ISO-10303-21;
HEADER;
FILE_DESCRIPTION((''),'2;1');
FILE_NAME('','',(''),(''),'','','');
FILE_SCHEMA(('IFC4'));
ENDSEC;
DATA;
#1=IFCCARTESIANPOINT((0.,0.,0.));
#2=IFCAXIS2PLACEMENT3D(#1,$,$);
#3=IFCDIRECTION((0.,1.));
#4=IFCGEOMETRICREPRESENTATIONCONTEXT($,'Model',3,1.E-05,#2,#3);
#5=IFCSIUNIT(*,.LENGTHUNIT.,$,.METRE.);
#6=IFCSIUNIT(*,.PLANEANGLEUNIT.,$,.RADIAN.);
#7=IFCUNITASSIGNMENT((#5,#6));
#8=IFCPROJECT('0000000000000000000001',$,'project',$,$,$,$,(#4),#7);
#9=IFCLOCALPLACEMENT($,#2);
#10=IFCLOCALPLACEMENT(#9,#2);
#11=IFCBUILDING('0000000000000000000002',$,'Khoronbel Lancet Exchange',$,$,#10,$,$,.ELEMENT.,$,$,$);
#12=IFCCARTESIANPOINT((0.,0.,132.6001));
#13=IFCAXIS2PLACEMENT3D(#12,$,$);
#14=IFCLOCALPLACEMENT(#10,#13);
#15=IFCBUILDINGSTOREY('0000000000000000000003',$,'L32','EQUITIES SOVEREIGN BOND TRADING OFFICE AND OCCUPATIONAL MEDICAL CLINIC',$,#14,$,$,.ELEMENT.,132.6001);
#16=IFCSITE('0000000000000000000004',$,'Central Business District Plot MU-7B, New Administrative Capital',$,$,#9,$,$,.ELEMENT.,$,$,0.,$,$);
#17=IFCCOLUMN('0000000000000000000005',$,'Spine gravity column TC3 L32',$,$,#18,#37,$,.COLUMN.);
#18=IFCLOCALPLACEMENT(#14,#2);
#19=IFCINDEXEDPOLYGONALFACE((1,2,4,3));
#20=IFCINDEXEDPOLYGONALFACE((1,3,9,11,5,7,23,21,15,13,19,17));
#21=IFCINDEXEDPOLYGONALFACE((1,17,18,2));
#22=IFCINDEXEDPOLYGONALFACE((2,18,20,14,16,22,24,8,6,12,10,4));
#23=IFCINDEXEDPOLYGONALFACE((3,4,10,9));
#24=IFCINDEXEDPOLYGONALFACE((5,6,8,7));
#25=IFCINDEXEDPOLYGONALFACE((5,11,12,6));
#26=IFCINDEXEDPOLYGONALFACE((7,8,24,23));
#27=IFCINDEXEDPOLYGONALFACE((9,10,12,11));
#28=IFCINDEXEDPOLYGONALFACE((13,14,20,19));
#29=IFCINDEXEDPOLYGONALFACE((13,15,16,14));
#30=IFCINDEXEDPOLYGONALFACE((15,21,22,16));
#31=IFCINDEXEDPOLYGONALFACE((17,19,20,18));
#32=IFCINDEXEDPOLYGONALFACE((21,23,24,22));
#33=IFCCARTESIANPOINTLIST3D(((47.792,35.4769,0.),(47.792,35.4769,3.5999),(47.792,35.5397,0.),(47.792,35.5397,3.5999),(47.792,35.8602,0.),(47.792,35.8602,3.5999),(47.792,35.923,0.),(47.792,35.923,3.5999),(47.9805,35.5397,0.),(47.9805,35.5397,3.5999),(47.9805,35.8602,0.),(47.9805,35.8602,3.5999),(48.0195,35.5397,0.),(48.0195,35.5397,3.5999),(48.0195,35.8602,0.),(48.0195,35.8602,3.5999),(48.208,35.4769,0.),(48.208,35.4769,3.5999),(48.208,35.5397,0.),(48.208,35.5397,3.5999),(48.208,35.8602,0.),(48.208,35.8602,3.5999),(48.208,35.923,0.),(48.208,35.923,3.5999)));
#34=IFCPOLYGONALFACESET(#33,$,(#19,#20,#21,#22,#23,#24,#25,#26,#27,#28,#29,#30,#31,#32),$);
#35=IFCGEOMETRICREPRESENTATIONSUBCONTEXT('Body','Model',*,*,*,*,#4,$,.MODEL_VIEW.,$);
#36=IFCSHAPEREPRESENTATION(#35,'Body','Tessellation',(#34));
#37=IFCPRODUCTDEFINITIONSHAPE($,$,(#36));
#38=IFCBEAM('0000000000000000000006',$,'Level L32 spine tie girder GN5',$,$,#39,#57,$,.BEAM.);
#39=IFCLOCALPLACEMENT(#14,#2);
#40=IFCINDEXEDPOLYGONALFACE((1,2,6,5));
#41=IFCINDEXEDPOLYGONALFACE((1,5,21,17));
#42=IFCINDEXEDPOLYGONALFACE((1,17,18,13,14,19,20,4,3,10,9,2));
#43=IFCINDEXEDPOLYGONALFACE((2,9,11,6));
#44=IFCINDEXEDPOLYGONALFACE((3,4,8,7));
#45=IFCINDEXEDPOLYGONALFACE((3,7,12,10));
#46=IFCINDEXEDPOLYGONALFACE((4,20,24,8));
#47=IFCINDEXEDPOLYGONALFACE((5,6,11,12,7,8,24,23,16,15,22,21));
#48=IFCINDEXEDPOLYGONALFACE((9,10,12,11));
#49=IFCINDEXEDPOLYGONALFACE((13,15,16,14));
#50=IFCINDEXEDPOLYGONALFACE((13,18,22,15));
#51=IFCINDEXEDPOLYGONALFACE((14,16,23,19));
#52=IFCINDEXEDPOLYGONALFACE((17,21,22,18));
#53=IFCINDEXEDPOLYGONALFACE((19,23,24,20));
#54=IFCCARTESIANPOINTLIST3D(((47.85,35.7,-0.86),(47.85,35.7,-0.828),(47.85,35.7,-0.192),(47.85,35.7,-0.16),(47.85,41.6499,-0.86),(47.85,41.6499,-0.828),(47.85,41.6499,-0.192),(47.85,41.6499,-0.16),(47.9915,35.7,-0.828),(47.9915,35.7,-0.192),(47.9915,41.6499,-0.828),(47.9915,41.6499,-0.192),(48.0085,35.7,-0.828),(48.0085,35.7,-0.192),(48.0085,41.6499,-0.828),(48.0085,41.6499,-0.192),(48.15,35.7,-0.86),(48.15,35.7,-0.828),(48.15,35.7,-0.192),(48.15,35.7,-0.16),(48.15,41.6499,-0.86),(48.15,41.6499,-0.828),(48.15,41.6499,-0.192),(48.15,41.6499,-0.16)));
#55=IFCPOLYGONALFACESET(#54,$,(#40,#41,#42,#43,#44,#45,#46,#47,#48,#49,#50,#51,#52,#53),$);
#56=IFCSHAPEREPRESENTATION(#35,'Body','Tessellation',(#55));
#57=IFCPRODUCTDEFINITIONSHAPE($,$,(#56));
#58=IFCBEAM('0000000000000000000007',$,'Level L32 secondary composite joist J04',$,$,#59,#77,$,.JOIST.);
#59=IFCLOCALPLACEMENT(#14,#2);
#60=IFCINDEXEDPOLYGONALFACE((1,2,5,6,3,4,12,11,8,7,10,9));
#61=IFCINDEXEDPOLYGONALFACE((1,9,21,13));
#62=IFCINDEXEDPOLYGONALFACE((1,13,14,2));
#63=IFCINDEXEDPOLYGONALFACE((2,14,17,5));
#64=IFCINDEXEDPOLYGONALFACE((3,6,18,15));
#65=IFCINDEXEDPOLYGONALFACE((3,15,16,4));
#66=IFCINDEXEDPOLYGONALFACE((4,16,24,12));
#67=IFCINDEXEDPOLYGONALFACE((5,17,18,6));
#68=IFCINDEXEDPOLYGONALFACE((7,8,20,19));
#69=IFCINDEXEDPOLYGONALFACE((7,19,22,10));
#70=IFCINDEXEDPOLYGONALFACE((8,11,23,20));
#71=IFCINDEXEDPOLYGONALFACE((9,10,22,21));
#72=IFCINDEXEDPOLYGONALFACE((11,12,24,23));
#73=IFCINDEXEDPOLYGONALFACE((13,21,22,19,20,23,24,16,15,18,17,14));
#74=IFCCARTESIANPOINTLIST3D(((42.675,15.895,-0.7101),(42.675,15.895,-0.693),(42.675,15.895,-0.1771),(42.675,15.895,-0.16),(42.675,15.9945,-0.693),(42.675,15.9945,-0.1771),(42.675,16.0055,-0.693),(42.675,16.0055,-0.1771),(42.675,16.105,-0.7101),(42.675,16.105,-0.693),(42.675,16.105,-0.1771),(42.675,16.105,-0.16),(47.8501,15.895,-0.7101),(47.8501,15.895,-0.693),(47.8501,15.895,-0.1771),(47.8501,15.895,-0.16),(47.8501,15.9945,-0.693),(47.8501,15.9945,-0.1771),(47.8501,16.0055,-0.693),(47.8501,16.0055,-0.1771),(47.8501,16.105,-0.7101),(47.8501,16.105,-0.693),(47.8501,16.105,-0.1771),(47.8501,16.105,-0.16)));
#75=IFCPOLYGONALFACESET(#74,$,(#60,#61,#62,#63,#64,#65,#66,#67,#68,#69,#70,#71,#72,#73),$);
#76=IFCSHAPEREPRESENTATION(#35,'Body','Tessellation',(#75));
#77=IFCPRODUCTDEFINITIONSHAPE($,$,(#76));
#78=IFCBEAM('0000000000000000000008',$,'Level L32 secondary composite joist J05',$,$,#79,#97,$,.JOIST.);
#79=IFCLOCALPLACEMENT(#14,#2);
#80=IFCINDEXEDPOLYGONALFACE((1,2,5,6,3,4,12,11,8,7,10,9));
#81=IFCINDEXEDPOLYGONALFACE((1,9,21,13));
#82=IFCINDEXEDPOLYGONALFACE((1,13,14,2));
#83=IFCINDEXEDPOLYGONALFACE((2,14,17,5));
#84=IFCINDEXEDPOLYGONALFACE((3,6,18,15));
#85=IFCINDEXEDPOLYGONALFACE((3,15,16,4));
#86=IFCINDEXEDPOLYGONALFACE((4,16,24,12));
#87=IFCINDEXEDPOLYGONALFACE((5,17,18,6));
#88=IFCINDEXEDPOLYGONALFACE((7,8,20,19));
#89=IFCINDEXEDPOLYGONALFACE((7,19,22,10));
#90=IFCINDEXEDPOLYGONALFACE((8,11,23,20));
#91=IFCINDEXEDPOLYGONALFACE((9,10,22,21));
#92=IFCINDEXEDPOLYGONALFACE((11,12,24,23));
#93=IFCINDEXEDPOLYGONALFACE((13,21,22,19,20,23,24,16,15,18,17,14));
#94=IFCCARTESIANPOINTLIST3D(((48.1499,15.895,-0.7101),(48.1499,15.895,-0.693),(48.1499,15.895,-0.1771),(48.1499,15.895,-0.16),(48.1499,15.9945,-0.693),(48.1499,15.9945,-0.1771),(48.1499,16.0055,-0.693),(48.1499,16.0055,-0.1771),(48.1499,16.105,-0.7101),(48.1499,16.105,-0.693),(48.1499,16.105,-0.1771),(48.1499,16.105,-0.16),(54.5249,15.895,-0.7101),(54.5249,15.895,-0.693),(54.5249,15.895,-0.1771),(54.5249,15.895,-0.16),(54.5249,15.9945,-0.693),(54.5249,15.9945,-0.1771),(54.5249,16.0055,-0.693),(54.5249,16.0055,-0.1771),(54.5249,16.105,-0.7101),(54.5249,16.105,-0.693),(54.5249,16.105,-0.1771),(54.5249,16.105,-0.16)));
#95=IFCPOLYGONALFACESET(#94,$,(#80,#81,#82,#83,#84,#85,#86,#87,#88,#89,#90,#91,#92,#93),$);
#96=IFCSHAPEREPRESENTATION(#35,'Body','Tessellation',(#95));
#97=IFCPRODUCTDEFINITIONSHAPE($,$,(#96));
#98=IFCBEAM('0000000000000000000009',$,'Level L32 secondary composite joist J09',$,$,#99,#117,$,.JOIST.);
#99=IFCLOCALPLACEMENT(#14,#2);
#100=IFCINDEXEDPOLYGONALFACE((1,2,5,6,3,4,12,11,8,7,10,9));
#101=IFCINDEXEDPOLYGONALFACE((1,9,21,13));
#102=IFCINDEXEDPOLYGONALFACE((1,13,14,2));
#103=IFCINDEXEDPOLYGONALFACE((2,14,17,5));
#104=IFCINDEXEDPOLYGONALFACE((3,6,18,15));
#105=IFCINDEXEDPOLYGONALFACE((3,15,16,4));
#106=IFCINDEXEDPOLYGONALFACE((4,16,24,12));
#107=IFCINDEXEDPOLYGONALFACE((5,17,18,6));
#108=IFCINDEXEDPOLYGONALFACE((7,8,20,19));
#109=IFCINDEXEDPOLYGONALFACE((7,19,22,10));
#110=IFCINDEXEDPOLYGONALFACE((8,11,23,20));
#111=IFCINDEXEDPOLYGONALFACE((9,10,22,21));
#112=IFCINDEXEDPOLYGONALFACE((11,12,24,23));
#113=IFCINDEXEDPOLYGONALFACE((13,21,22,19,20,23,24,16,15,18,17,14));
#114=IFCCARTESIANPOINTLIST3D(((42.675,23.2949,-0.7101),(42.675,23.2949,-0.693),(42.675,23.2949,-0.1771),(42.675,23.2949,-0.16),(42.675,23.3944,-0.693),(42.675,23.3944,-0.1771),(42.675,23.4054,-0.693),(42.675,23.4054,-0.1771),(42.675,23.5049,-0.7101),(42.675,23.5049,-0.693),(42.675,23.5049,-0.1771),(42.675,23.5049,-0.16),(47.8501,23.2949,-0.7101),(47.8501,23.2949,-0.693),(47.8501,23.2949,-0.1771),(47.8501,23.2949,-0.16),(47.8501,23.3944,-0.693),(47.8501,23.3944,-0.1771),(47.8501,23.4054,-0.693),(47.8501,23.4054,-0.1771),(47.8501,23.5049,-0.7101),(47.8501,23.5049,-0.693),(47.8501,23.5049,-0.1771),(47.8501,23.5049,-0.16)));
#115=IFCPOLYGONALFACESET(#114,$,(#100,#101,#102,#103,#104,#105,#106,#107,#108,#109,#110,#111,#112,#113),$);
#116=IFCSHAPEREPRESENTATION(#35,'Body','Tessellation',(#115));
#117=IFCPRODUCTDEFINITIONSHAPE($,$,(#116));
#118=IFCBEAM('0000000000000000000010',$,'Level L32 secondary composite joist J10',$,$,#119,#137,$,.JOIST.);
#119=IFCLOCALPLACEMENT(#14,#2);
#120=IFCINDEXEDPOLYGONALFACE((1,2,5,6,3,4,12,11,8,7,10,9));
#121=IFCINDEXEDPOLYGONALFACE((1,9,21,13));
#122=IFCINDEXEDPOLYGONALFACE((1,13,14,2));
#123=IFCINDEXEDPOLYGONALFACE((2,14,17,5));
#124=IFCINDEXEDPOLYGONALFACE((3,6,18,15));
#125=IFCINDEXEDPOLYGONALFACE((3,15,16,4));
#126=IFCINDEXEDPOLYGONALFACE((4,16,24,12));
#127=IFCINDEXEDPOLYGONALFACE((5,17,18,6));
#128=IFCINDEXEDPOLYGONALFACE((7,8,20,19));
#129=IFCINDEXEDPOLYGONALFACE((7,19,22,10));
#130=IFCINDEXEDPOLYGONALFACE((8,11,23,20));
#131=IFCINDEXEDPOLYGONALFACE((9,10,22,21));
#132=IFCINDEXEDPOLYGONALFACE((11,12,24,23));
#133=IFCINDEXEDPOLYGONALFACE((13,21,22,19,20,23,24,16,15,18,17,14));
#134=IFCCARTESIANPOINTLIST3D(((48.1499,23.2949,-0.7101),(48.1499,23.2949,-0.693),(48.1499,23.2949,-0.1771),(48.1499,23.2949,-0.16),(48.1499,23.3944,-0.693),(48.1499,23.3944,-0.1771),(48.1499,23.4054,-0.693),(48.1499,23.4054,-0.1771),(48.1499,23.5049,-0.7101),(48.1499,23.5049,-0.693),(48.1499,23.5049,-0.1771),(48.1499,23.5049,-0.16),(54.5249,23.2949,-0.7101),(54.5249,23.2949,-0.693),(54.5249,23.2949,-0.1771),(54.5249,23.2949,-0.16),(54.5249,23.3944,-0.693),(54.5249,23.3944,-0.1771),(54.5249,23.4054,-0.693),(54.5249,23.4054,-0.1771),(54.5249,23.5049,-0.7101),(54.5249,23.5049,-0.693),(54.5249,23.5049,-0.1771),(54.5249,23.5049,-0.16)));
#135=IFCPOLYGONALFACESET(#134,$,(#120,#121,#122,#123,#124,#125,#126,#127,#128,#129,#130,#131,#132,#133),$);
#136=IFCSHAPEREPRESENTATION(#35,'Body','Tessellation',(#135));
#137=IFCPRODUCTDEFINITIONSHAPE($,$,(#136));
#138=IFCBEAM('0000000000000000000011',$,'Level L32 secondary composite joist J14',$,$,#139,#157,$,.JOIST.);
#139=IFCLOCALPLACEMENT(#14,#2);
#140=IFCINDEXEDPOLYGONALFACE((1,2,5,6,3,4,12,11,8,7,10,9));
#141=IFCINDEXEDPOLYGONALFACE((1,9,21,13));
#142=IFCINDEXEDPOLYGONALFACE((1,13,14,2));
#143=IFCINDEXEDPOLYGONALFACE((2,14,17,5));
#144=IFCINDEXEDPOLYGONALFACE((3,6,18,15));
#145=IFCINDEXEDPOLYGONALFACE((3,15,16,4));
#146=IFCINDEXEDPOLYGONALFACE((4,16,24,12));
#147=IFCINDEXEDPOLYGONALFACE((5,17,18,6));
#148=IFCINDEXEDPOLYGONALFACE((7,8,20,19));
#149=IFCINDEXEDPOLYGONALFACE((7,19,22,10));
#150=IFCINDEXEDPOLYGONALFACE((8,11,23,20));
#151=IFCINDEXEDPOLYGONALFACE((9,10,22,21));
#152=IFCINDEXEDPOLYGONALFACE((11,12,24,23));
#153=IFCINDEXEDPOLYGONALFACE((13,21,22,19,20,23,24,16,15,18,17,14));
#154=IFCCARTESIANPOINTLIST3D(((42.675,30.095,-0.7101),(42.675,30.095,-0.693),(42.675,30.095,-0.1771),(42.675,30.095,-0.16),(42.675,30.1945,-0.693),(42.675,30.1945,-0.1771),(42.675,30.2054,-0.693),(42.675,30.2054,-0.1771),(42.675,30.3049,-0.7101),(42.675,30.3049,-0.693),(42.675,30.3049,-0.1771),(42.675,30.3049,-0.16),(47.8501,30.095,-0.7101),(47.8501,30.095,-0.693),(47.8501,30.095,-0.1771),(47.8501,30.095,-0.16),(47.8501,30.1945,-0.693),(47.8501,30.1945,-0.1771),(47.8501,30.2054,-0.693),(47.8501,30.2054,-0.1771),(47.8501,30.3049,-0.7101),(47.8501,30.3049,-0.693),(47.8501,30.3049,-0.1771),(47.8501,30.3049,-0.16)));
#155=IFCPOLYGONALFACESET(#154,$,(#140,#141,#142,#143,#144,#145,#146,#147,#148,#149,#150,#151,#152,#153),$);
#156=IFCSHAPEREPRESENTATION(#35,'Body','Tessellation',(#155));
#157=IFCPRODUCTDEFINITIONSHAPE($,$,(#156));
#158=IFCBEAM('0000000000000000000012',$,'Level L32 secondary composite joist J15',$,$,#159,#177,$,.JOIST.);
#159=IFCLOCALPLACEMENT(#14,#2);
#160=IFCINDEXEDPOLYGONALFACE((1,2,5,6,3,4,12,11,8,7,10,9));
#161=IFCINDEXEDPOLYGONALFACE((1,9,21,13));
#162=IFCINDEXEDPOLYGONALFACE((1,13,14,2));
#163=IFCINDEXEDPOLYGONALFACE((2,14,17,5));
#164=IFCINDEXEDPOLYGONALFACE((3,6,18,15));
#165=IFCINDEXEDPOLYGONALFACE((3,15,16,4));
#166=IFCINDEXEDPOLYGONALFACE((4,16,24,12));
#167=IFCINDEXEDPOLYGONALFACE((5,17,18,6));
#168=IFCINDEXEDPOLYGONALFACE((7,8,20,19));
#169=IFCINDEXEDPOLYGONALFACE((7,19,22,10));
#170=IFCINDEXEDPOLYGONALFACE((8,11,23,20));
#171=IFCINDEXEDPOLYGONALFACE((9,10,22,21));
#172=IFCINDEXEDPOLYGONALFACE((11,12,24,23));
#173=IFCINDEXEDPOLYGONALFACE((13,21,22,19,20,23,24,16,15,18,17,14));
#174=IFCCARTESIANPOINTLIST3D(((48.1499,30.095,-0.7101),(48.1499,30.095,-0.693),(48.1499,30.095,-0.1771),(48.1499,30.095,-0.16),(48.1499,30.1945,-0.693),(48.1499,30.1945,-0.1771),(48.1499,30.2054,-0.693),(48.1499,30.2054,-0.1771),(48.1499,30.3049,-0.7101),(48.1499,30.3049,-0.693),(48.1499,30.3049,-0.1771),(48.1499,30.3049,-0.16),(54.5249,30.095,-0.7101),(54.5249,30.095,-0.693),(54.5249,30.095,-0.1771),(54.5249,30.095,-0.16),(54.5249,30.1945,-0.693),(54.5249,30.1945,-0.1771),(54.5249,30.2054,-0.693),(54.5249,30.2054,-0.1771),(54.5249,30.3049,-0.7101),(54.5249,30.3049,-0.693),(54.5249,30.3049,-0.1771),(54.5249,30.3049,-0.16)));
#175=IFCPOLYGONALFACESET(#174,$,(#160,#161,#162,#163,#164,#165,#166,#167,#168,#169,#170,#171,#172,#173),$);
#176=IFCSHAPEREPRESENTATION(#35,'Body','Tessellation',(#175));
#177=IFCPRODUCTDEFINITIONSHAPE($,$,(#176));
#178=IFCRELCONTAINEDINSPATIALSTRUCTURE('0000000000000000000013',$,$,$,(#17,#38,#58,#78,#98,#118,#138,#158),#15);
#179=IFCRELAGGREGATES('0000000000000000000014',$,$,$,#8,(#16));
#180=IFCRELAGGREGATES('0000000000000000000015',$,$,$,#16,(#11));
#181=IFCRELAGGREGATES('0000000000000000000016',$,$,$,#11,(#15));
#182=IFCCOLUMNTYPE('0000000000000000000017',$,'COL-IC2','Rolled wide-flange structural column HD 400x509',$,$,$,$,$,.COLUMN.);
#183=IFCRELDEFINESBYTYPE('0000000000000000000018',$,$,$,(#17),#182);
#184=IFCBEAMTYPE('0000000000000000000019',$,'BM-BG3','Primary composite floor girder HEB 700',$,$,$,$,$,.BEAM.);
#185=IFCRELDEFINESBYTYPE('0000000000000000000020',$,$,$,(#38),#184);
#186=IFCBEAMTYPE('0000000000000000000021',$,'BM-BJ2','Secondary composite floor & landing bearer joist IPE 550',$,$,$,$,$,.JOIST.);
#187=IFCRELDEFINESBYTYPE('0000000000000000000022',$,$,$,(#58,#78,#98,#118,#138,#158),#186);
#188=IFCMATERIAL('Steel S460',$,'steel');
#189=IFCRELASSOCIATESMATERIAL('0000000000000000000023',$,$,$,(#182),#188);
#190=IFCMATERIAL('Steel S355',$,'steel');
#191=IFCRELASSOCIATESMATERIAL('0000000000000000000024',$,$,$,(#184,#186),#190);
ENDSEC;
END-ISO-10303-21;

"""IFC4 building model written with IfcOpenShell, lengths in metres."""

from ifc_helpers import new_model, si_unit, direction, frame, origin, origin_2d, place, context, subcontext, project, spatial, i_section, extrude, material, material_profile, profile_set, type_object, element, save


model = new_model("IFC4")

# Units and contexts
model_context = context("Model", 3, precision=1e-05, world=origin(), true_north=direction((0.0, 1.0)))
body_context = subcontext(model_context, "Body", "Model", "MODEL_VIEW")
ifc_project = project(units=[si_unit("LENGTHUNIT", "METRE"), si_unit("PLANEANGLEUNIT", "RADIAN")], contexts=[model_context])

# Site, building, storey
site_placement = place(None, origin())
site = spatial("IfcSite", under=ifc_project, at=site_placement, Name="Central Business District Plot MU-7B, New Administrative Capital", CompositionType="ELEMENT", RefElevation=0.0)
building_placement = place(site_placement, origin())
building = spatial("IfcBuilding", under=site, at=building_placement, Name="Khoronbel Lancet Exchange", CompositionType="ELEMENT")
storey_placement = place(building_placement, frame((0.0, 0.0, 132.6001)))
storey = spatial("IfcBuildingStorey", under=building, at=storey_placement, Name="L32", Description="EQUITIES SOVEREIGN BOND TRADING OFFICE AND OCCUPATIONAL MEDICAL CLINIC", CompositionType="ELEMENT", Elevation=132.6001)

# Column
ifc_material_1 = material(Name="Steel S460", Category="steel")
ifc_material_profile_1 = material_profile(ifc_material_1, i_section(OverallWidth=0.416, OverallDepth=0.446, WebThickness=0.0391, FlangeThickness=0.0627, at=origin_2d()), Name="HD 400x509")
ifc_profile_set_1 = profile_set([ifc_material_profile_1], Name="Steel S460")
column_type = type_object("IfcColumnType", Name="COL-IC2", Description="Rolled wide-flange structural column HD 400x509", PredefinedType="COLUMN", material=ifc_profile_set_1)
column_placement = place(storey_placement, frame((48.0, 35.7, 0.0), z_axis=(0.0, 0.0, 1.0), x_axis=(1.0, 0.0, 0.0)))
element("IfcColumn", 1, at=column_placement, inside=storey, type_object=column_type, Name="Spine gravity column TC3 L32", PredefinedType="COLUMN", context=body_context, shape_type="SweptSolid", body=[
    extrude(i_section(OverallWidth=0.416, OverallDepth=0.446, WebThickness=0.0391, FlangeThickness=0.0627, at=origin_2d()), origin(), (0.0, 0.0, 1.0), 3.5999),
])

# Beams
ifc_material_2 = material(Name="Steel S355", Category="steel")
ifc_material_profile_2 = material_profile(ifc_material_2, i_section(OverallWidth=0.3, OverallDepth=0.7, WebThickness=0.0171, FlangeThickness=0.032, at=origin_2d()), Name="HEB 700")
ifc_profile_set_2 = profile_set([ifc_material_profile_2], Name="Steel S355")
beam_type_1 = type_object("IfcBeamType", Name="BM-BG3", Description="Primary composite floor girder HEB 700", PredefinedType="BEAM", material=ifc_profile_set_2)
beam_1_placement = place(storey_placement, frame((48.0, 35.7, -0.51), z_axis=(0.0, 1.0, 0.0), x_axis=(-1.0, 0.0, 0.0)))
element("IfcBeam", 2, at=beam_1_placement, inside=storey, type_object=beam_type_1, Name="Level L32 spine tie girder GN5", PredefinedType="BEAM", context=body_context, shape_type="SweptSolid", body=[
    extrude(i_section(OverallWidth=0.3, OverallDepth=0.7, WebThickness=0.0171, FlangeThickness=0.032, at=origin_2d()), origin(), (0.0, 0.0, 1.0), 5.95),
])
ifc_material_profile_3 = material_profile(ifc_material_2, i_section(OverallWidth=0.21, OverallDepth=0.55, WebThickness=0.011, FlangeThickness=0.0171, at=origin_2d()), Name="IPE 550")
ifc_profile_set_3 = profile_set([ifc_material_profile_3], Name="Steel S355")
beam_type_2 = type_object("IfcBeamType", Name="BM-BJ2", Description="Secondary composite floor & landing bearer joist IPE 550", PredefinedType="JOIST", material=ifc_profile_set_3)
beam_2_placement = place(storey_placement, frame((42.675, 16.0, -0.4351), z_axis=(1.0, 0.0, 0.0), x_axis=(0.0, 1.0, 0.0)))
element("IfcBeam", 3, at=beam_2_placement, inside=storey, type_object=beam_type_2, Name="Level L32 secondary composite joist J04", PredefinedType="JOIST", context=body_context, shape_type="SweptSolid", body=[
    extrude(i_section(OverallWidth=0.21, OverallDepth=0.55, WebThickness=0.011, FlangeThickness=0.0171, at=origin_2d()), origin(), (0.0, 0.0, 1.0), 5.175),
])
beam_3_placement = place(storey_placement, frame((48.1499, 16.0, -0.4351), z_axis=(1.0, 0.0, 0.0), x_axis=(0.0, 1.0, 0.0)))
element("IfcBeam", 4, at=beam_3_placement, inside=storey, type_object=beam_type_2, Name="Level L32 secondary composite joist J05", PredefinedType="JOIST", context=body_context, shape_type="SweptSolid", body=[
    extrude(i_section(OverallWidth=0.21, OverallDepth=0.55, WebThickness=0.011, FlangeThickness=0.0171, at=origin_2d()), origin(), (0.0, 0.0, 1.0), 6.375),
])
beam_4_placement = place(storey_placement, frame((42.675, 23.3999, -0.4351), z_axis=(1.0, 0.0, 0.0), x_axis=(0.0, 1.0, 0.0)))
element("IfcBeam", 5, at=beam_4_placement, inside=storey, type_object=beam_type_2, Name="Level L32 secondary composite joist J09", PredefinedType="JOIST", context=body_context, shape_type="SweptSolid", body=[
    extrude(i_section(OverallWidth=0.21, OverallDepth=0.55, WebThickness=0.011, FlangeThickness=0.0171, at=origin_2d()), origin(), (0.0, 0.0, 1.0), 5.175),
])
beam_5_placement = place(storey_placement, frame((48.1499, 23.3999, -0.4351), z_axis=(1.0, 0.0, 0.0), x_axis=(0.0, 1.0, 0.0)))
element("IfcBeam", 6, at=beam_5_placement, inside=storey, type_object=beam_type_2, Name="Level L32 secondary composite joist J10", PredefinedType="JOIST", context=body_context, shape_type="SweptSolid", body=[
    extrude(i_section(OverallWidth=0.21, OverallDepth=0.55, WebThickness=0.011, FlangeThickness=0.0171, at=origin_2d()), origin(), (0.0, 0.0, 1.0), 6.375),
])
beam_6_placement = place(storey_placement, frame((42.675, 30.2, -0.4351), z_axis=(1.0, 0.0, 0.0), x_axis=(0.0, 1.0, 0.0)))
element("IfcBeam", 7, at=beam_6_placement, inside=storey, type_object=beam_type_2, Name="Level L32 secondary composite joist J14", PredefinedType="JOIST", context=body_context, shape_type="SweptSolid", body=[
    extrude(i_section(OverallWidth=0.21, OverallDepth=0.55, WebThickness=0.011, FlangeThickness=0.0171, at=origin_2d()), origin(), (0.0, 0.0, 1.0), 5.175),
])
beam_7_placement = place(storey_placement, frame((48.1499, 30.2, -0.4351), z_axis=(1.0, 0.0, 0.0), x_axis=(0.0, 1.0, 0.0)))
element("IfcBeam", 8, at=beam_7_placement, inside=storey, type_object=beam_type_2, Name="Level L32 secondary composite joist J15", PredefinedType="JOIST", context=body_context, shape_type="SweptSolid", body=[
    extrude(i_section(OverallWidth=0.21, OverallDepth=0.55, WebThickness=0.011, FlangeThickness=0.0171, at=origin_2d()), origin(), (0.0, 0.0, 1.0), 6.375),
])

save(model, "model.ifc")
